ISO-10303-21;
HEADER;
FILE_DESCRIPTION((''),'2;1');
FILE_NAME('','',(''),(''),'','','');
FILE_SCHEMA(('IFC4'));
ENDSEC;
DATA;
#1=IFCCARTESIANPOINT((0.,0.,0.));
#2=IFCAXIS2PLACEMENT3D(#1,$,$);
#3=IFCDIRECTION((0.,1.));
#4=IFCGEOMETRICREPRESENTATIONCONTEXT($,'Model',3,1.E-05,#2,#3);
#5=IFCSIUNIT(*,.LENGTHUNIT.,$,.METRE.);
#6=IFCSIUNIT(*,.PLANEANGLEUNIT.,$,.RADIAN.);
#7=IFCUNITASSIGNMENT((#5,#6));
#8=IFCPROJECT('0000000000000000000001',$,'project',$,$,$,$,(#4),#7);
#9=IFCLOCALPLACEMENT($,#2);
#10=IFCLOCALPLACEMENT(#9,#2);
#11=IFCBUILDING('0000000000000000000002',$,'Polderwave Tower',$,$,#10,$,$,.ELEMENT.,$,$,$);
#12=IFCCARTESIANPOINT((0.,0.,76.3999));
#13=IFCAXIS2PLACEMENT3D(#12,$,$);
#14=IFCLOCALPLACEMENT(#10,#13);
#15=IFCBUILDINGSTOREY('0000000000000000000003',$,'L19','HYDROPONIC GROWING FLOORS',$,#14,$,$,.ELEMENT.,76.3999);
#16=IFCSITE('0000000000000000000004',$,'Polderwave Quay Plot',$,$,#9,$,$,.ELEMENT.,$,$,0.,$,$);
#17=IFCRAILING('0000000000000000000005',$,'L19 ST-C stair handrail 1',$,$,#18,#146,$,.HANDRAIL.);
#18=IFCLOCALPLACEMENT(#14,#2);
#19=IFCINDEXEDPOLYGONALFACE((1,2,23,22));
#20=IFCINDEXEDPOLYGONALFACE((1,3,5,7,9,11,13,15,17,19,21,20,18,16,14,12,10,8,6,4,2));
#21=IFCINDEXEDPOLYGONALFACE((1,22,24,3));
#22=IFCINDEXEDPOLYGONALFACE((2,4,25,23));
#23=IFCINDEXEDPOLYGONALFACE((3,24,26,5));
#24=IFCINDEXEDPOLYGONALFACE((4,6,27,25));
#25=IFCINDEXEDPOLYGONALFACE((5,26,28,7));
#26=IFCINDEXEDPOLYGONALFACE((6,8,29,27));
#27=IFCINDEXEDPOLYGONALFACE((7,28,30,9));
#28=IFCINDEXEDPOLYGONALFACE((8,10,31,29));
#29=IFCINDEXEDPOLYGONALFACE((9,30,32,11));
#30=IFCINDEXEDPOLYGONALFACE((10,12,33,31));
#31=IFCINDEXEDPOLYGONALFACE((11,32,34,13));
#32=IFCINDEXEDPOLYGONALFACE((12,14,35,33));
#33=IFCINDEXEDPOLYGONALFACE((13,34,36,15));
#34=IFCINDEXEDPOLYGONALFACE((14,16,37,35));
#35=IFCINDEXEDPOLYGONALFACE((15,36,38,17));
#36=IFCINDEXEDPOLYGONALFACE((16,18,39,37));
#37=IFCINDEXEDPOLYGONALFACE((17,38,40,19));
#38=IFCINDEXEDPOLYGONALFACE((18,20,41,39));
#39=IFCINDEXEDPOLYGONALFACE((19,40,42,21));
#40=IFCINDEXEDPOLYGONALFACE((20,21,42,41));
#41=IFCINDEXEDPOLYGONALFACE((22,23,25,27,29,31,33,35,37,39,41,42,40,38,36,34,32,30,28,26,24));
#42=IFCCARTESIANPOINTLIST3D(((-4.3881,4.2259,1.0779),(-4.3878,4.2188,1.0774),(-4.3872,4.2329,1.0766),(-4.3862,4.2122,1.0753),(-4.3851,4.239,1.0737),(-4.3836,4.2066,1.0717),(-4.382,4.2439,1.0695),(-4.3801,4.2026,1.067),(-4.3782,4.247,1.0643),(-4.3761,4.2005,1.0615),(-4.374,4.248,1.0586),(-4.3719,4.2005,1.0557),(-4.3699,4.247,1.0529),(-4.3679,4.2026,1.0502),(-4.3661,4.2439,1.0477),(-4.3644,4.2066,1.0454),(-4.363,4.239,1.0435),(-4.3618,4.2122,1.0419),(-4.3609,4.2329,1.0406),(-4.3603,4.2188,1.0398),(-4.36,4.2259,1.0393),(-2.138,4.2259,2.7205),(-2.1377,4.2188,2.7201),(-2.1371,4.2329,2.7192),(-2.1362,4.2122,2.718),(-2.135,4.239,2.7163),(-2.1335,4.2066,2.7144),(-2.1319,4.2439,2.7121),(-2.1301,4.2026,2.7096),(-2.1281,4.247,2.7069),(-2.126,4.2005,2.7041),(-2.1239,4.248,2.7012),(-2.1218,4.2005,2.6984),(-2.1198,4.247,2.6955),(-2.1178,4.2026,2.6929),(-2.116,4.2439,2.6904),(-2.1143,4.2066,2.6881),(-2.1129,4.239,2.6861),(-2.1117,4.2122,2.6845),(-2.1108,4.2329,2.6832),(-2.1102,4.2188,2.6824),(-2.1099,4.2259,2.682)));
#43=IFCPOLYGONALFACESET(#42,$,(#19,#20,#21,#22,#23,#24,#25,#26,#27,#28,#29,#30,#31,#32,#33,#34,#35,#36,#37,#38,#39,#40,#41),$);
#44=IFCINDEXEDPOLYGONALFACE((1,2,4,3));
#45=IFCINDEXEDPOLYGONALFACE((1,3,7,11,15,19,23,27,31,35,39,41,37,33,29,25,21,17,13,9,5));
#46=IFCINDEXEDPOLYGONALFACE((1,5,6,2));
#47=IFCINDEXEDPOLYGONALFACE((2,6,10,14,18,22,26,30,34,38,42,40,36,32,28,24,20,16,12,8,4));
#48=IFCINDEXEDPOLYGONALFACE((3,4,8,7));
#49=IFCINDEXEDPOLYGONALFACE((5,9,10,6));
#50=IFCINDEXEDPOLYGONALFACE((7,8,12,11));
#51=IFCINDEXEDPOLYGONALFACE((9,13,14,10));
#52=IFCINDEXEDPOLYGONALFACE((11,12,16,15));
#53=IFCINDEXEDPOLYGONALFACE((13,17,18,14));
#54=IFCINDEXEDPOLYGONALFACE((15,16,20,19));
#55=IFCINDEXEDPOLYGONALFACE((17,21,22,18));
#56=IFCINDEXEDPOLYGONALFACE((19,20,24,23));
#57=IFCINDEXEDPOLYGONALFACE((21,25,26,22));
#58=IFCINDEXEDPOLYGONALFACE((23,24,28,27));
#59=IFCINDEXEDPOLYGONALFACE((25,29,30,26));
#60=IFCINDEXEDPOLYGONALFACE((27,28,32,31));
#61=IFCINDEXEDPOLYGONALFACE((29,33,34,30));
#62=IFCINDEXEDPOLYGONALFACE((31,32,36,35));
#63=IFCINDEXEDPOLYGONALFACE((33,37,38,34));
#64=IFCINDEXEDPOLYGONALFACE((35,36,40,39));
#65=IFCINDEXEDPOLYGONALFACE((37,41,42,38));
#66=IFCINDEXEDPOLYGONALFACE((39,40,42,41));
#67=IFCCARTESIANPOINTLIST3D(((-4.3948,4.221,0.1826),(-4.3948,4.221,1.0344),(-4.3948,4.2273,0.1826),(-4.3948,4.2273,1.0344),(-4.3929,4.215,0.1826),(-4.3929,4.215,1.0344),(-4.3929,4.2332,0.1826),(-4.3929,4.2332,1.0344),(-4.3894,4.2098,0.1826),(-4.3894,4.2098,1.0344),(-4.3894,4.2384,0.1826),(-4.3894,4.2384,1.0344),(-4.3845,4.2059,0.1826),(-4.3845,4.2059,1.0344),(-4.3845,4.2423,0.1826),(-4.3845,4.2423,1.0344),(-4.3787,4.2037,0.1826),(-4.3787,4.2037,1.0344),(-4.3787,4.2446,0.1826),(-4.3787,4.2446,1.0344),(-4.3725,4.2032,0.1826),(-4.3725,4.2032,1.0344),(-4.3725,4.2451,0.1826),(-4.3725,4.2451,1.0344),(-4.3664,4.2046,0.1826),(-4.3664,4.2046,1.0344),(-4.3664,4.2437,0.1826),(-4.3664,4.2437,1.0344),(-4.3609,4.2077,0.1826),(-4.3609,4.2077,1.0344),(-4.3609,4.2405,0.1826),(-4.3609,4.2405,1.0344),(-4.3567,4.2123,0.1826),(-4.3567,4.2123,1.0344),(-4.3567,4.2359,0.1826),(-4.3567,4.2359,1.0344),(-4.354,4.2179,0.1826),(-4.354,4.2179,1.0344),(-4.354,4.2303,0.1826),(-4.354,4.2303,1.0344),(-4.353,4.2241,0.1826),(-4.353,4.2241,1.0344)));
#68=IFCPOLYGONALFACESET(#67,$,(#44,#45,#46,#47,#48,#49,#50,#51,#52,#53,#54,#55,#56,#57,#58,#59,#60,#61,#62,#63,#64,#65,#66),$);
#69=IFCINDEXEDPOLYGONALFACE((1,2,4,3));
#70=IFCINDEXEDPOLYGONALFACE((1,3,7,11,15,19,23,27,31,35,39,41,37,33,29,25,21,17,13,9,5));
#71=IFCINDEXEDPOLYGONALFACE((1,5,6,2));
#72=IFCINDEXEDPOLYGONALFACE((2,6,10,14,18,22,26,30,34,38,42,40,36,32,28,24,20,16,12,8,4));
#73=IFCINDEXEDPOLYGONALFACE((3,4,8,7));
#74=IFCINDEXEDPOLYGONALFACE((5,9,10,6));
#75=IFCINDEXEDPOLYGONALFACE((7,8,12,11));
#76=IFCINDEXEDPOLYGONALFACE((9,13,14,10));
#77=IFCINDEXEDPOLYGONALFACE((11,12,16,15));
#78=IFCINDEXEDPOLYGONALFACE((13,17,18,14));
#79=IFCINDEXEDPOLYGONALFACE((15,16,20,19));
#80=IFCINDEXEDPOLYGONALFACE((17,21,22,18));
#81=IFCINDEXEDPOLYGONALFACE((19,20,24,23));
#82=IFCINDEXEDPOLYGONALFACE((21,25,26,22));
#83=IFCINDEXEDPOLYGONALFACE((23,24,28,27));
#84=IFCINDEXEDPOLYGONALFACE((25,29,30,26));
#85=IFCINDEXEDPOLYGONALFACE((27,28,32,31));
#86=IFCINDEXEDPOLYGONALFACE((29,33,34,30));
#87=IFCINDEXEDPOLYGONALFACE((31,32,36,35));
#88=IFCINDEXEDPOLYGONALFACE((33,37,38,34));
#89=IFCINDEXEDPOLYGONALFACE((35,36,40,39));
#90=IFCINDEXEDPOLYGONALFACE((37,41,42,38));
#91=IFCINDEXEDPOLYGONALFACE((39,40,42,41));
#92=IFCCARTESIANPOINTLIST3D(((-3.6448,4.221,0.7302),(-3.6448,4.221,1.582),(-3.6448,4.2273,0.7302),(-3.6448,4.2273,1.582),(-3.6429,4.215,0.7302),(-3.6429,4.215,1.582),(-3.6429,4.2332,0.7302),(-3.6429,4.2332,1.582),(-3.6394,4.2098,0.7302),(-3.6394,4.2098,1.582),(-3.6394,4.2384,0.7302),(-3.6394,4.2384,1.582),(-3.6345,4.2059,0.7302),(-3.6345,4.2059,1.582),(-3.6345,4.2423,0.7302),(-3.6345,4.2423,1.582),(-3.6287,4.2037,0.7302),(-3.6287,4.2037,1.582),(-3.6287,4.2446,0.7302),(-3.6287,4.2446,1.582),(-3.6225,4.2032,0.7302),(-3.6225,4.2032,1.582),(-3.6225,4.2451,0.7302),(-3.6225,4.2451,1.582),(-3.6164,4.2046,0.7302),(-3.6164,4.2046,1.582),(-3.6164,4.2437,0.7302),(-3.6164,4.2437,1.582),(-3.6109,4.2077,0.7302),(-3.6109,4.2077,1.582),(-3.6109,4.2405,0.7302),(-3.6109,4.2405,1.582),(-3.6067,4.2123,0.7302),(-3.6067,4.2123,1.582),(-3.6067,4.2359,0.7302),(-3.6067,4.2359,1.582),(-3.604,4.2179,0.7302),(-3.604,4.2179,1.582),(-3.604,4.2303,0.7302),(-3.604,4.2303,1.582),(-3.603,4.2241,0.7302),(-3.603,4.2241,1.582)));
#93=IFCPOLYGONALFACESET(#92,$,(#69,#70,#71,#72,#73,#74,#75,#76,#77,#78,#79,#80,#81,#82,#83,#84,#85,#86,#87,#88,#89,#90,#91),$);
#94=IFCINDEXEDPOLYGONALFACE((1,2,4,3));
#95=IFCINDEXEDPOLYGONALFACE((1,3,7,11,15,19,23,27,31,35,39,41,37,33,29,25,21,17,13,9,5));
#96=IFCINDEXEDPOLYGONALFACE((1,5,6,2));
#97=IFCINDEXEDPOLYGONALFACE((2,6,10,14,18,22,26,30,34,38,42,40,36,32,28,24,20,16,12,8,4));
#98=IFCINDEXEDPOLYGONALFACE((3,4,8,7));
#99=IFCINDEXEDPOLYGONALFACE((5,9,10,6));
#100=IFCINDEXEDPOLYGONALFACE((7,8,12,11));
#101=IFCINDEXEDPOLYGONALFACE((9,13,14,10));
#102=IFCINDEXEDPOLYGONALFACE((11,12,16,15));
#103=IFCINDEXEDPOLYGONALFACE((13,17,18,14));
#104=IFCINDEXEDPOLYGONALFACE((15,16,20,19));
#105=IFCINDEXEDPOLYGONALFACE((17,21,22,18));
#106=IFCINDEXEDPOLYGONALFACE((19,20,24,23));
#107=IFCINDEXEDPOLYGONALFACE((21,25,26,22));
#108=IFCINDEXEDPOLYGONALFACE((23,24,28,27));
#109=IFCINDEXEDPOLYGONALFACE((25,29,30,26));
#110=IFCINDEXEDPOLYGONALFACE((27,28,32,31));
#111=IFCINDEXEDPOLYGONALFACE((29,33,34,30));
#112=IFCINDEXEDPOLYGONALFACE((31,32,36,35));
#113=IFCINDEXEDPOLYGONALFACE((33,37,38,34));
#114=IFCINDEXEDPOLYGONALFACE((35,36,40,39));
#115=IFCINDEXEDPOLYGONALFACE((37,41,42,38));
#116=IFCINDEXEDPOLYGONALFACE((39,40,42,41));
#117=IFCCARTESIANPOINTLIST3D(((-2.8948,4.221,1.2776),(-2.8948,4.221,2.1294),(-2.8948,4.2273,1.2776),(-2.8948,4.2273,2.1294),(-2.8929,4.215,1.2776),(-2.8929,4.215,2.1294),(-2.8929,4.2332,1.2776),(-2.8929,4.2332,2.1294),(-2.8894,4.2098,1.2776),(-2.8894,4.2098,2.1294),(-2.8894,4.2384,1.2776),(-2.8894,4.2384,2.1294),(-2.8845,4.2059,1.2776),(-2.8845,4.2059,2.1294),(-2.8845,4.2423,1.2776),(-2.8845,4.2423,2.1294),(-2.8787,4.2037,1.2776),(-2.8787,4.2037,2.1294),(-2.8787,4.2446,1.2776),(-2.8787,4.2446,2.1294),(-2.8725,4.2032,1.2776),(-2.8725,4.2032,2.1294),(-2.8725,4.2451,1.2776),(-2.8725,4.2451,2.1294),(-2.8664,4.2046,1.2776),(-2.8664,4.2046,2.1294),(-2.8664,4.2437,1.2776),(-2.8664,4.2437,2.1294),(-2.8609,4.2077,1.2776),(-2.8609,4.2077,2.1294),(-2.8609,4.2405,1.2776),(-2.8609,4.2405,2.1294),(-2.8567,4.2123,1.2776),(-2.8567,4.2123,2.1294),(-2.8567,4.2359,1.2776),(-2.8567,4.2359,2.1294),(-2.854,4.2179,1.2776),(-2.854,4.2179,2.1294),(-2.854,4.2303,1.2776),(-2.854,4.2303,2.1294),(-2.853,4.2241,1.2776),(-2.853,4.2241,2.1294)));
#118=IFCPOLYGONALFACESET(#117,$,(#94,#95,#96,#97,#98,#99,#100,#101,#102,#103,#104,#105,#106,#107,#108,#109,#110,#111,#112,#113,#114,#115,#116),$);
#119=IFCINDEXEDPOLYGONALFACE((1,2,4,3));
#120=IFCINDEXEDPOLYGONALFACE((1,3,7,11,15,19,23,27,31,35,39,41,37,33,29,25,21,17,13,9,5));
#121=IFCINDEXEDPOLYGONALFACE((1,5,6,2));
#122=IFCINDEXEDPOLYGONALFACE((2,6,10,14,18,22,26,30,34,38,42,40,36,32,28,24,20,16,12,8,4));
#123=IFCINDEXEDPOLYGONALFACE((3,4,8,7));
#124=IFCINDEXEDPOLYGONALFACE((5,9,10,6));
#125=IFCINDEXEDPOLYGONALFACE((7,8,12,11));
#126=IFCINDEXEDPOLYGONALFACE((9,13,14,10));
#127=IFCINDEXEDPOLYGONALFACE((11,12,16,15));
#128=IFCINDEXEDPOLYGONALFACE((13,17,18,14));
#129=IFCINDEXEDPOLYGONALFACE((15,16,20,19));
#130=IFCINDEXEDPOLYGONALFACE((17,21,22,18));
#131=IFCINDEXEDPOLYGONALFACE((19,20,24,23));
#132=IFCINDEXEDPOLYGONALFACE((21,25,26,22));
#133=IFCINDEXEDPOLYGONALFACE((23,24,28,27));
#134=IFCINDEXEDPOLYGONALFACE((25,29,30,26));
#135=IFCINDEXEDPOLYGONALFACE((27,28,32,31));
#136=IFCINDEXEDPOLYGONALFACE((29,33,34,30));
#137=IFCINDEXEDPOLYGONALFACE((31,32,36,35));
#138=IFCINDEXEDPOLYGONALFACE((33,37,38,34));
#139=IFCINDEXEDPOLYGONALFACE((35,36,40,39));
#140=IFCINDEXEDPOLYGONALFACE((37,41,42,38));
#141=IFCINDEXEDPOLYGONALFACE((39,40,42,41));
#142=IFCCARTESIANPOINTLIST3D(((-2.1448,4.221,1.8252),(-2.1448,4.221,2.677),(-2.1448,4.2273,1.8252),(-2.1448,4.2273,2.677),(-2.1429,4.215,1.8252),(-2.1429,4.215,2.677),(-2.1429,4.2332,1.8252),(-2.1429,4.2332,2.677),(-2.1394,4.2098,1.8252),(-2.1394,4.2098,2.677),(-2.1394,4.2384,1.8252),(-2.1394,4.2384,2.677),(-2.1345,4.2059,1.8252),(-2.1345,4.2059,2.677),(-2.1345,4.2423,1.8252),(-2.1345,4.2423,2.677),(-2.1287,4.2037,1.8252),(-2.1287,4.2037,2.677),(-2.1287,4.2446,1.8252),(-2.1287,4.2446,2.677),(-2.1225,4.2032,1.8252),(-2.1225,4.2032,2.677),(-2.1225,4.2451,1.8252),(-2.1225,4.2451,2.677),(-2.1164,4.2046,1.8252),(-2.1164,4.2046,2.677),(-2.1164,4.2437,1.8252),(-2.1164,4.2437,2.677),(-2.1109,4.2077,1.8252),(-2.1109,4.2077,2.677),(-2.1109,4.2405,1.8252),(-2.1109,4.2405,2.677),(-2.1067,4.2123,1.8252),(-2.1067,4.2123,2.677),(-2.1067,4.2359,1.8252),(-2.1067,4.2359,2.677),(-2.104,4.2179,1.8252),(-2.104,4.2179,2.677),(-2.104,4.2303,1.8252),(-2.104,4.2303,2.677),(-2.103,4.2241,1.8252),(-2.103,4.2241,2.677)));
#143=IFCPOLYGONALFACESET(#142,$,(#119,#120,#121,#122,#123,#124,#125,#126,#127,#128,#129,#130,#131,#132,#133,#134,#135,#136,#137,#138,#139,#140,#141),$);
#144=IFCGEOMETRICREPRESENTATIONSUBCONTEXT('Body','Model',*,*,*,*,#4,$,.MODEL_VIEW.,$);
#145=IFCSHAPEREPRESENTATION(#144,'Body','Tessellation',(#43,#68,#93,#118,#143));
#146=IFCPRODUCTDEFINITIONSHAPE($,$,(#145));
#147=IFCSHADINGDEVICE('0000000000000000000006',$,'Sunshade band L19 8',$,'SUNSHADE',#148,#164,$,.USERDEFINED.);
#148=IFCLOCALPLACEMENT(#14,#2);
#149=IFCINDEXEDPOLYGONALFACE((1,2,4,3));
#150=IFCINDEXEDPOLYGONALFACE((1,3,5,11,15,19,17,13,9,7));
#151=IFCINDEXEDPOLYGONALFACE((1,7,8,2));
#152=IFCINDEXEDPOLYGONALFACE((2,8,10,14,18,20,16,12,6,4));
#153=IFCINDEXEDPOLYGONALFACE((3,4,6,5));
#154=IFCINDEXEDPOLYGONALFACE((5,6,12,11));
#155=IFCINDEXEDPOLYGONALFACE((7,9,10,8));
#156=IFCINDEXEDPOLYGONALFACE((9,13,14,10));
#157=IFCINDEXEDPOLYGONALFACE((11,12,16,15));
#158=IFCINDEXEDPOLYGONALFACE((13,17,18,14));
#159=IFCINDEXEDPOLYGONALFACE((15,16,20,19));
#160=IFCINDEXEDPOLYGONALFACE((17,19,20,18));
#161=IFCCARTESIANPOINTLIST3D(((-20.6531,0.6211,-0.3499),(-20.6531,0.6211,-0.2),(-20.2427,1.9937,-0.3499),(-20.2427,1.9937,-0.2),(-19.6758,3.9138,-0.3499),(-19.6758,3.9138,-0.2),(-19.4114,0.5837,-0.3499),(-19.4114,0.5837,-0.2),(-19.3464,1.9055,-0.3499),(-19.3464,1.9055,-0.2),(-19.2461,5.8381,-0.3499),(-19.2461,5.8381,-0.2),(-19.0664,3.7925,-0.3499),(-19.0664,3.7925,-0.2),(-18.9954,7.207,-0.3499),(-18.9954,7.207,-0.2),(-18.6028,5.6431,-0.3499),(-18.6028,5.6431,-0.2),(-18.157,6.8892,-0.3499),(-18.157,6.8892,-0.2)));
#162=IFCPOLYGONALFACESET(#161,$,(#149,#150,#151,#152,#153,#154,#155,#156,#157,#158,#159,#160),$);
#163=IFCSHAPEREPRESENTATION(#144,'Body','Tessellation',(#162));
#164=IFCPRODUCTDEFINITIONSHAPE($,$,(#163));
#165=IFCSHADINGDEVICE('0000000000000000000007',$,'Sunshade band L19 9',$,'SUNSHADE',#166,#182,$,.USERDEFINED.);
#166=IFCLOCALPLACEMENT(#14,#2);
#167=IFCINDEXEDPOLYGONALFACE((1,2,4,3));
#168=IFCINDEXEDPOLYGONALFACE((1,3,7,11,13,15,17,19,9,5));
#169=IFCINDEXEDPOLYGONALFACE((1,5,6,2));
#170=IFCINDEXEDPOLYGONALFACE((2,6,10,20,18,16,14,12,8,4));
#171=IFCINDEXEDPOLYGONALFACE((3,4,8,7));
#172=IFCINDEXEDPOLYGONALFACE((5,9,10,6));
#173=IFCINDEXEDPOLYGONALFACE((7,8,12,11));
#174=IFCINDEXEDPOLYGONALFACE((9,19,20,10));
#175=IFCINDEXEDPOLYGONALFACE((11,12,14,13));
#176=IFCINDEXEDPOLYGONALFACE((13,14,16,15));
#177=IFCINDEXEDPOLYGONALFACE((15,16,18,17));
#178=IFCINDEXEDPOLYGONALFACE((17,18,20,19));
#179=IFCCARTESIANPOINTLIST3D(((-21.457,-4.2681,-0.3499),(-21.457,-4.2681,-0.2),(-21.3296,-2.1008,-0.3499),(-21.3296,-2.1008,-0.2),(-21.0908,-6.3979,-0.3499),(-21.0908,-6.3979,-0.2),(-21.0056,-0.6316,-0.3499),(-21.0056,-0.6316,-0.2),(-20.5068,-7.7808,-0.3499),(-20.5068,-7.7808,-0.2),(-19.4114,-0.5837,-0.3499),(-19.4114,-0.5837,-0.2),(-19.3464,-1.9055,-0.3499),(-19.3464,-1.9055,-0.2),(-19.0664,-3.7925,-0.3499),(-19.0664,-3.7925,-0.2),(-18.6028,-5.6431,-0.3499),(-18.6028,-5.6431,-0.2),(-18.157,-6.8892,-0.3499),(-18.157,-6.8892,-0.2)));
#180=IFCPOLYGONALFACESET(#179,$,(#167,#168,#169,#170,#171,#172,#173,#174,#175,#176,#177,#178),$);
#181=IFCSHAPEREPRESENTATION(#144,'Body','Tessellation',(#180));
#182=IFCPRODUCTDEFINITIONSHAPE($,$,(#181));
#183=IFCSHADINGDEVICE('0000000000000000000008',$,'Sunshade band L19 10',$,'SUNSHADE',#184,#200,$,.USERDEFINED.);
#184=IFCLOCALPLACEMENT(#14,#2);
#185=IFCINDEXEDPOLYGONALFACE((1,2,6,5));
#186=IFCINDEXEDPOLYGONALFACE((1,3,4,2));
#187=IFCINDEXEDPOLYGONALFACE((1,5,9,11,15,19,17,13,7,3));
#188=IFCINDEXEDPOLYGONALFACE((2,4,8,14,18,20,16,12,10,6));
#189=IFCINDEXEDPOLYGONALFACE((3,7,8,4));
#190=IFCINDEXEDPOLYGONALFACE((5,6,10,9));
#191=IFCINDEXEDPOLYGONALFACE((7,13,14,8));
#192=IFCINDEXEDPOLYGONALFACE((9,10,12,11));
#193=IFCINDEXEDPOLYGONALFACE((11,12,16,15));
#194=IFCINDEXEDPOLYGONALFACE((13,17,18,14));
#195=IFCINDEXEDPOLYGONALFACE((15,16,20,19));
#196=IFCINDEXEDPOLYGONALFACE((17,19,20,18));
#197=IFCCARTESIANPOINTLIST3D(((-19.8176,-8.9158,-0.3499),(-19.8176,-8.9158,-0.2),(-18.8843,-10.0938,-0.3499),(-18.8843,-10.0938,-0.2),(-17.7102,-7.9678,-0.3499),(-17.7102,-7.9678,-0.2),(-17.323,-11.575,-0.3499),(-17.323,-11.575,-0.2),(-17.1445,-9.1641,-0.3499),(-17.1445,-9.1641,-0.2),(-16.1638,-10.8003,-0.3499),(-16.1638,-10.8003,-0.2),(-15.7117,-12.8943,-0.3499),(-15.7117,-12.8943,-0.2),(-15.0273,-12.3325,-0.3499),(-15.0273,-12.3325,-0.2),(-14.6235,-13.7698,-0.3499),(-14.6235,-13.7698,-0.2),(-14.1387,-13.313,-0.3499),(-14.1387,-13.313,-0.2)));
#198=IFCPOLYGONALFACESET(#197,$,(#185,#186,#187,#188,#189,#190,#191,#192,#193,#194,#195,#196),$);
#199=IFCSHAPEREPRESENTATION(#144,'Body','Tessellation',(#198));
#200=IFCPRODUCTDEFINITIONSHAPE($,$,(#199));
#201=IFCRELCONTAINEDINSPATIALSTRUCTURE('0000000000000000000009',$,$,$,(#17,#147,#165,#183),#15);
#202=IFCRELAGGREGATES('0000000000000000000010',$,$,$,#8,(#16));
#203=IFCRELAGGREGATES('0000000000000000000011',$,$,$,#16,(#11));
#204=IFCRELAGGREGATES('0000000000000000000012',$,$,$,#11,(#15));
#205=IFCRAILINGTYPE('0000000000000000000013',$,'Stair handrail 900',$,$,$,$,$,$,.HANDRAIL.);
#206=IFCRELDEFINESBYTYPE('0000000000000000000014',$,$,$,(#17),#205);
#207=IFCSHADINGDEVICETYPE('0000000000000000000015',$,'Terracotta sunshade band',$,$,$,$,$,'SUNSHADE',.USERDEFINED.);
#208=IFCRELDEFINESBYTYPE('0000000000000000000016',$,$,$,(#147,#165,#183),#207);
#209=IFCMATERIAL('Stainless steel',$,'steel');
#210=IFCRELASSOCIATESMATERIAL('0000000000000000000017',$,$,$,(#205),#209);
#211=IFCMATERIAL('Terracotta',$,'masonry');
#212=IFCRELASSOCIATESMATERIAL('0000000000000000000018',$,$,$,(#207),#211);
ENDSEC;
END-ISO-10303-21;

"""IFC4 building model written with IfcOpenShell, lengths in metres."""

from ifc_helpers import new_model, si_unit, direction, frame, origin, origin_2d, place, context, subcontext, project, spatial, polyline, circle, outline, extrude, material, type_object, element, save


model = new_model("IFC4")

# Units and contexts
model_context = context("Model", 3, precision=1e-05, world=origin(), true_north=direction((0.0, 1.0)))
body_context = subcontext(model_context, "Body", "Model", "MODEL_VIEW")
ifc_project = project(units=[si_unit("LENGTHUNIT", "METRE"), si_unit("PLANEANGLEUNIT", "RADIAN")], contexts=[model_context])

# Site, building, storey
site_placement = place(None, origin())
site = spatial("IfcSite", under=ifc_project, at=site_placement, Name="Polderwave Quay Plot", CompositionType="ELEMENT", RefElevation=0.0)
building_placement = place(site_placement, origin())
building = spatial("IfcBuilding", under=site, at=building_placement, Name="Polderwave Tower", CompositionType="ELEMENT")
storey_placement = place(building_placement, frame((0.0, 0.0, 76.3999)))
storey = spatial("IfcBuildingStorey", under=building, at=storey_placement, Name="L19", Description="HYDROPONIC GROWING FLOORS", CompositionType="ELEMENT", Elevation=76.3999)

# Railing
ifc_material_1 = material(Name="Stainless steel", Category="steel")
railing_type_1 = type_object("IfcRailingType", Name="Stair handrail 900", PredefinedType="HANDRAIL", material=ifc_material_1)
railing_1_placement = place(storey_placement, frame((-4.374, 4.2241, 0.1826)))
element("IfcRailing", 1, at=railing_1_placement, inside=storey, type_object=railing_type_1, Name="L19 ST-C stair handrail 1", PredefinedType="HANDRAIL", context=body_context, shape_type="SweptSolid", body=[
    extrude(circle(Radius=0.0239, at=origin_2d()), frame((0.0, 0.0, 0.876), z_axis=(0.807674, 0.0, 0.58963), x_axis=(0.0, 1.0, 0.0)), (0.0, 0.0, 1.0), 2.7859),
    extrude(circle(Radius=0.021, at=origin_2d()), origin(), (0.0, 0.0, 1.0), 0.8518),
    extrude(circle(Radius=0.021, at=origin_2d()), frame((0.75, 0.0, 0.5476)), (0.0, 0.0, 1.0), 0.8518),
    extrude(circle(Radius=0.021, at=origin_2d()), frame((1.5, 0.0, 1.095)), (0.0, 0.0, 1.0), 0.8518),
    extrude(circle(Radius=0.021, at=origin_2d()), frame((2.25, 0.0, 1.6426)), (0.0, 0.0, 1.0), 0.8518),
])

# Shading devices
ifc_material_2 = material(Name="Terracotta", Category="masonry")
shading_device_type = type_object("IfcShadingDeviceType", Name="Terracotta sunshade band", ElementType="SUNSHADE", PredefinedType="USERDEFINED", material=ifc_material_2)
shading_device_1_placement = place(storey_placement, frame((0.0, 0.0, -0.3499)))
element("IfcShadingDevice", 2, at=shading_device_1_placement, inside=storey, type_object=shading_device_type, Name="Sunshade band L19 8", ObjectType="SUNSHADE", PredefinedType="USERDEFINED", context=body_context, shape_type="SweptSolid", body=[
    extrude(outline(polyline([(-18.157, 6.8892), (-18.6028, 5.6431), (-19.0664, 3.7925), (-19.3464, 1.9055), (-19.4114, 0.5837), (-20.6531, 0.6211), (-20.2427, 1.9937), (-19.6758, 3.9138), (-19.2461, 5.8381), (-18.9954, 7.207), (-18.157, 6.8892)])), origin(), (0.0, 0.0, 1.0), 0.1499),
])
shading_device_2_placement = place(storey_placement, frame((0.0, 0.0, -0.3499)))
element("IfcShadingDevice", 3, at=shading_device_2_placement, inside=storey, type_object=shading_device_type, Name="Sunshade band L19 9", ObjectType="SUNSHADE", PredefinedType="USERDEFINED", context=body_context, shape_type="SweptSolid", body=[
    extrude(outline(polyline([(-19.4114, -0.5837), (-19.3464, -1.9055), (-19.0664, -3.7925), (-18.6028, -5.6431), (-18.157, -6.8892), (-20.5068, -7.7808), (-21.0908, -6.3979), (-21.457, -4.2681), (-21.3296, -2.1008), (-21.0056, -0.6316), (-19.4114, -0.5837)])), origin(), (0.0, 0.0, 1.0), 0.1499),
])
shading_device_3_placement = place(storey_placement, frame((0.0, 0.0, -0.3499)))
element("IfcShadingDevice", 4, at=shading_device_3_placement, inside=storey, type_object=shading_device_type, Name="Sunshade band L19 10", ObjectType="SUNSHADE", PredefinedType="USERDEFINED", context=body_context, shape_type="SweptSolid", body=[
    extrude(outline(polyline([(-17.7102, -7.9678), (-17.1445, -9.1641), (-16.1638, -10.8003), (-15.0273, -12.3325), (-14.1387, -13.313), (-14.6235, -13.7698), (-15.7117, -12.8943), (-17.323, -11.575), (-18.8843, -10.0938), (-19.8176, -8.9158), (-17.7102, -7.9678)])), origin(), (0.0, 0.0, 1.0), 0.1499),
])

save(model, "model.ifc")
